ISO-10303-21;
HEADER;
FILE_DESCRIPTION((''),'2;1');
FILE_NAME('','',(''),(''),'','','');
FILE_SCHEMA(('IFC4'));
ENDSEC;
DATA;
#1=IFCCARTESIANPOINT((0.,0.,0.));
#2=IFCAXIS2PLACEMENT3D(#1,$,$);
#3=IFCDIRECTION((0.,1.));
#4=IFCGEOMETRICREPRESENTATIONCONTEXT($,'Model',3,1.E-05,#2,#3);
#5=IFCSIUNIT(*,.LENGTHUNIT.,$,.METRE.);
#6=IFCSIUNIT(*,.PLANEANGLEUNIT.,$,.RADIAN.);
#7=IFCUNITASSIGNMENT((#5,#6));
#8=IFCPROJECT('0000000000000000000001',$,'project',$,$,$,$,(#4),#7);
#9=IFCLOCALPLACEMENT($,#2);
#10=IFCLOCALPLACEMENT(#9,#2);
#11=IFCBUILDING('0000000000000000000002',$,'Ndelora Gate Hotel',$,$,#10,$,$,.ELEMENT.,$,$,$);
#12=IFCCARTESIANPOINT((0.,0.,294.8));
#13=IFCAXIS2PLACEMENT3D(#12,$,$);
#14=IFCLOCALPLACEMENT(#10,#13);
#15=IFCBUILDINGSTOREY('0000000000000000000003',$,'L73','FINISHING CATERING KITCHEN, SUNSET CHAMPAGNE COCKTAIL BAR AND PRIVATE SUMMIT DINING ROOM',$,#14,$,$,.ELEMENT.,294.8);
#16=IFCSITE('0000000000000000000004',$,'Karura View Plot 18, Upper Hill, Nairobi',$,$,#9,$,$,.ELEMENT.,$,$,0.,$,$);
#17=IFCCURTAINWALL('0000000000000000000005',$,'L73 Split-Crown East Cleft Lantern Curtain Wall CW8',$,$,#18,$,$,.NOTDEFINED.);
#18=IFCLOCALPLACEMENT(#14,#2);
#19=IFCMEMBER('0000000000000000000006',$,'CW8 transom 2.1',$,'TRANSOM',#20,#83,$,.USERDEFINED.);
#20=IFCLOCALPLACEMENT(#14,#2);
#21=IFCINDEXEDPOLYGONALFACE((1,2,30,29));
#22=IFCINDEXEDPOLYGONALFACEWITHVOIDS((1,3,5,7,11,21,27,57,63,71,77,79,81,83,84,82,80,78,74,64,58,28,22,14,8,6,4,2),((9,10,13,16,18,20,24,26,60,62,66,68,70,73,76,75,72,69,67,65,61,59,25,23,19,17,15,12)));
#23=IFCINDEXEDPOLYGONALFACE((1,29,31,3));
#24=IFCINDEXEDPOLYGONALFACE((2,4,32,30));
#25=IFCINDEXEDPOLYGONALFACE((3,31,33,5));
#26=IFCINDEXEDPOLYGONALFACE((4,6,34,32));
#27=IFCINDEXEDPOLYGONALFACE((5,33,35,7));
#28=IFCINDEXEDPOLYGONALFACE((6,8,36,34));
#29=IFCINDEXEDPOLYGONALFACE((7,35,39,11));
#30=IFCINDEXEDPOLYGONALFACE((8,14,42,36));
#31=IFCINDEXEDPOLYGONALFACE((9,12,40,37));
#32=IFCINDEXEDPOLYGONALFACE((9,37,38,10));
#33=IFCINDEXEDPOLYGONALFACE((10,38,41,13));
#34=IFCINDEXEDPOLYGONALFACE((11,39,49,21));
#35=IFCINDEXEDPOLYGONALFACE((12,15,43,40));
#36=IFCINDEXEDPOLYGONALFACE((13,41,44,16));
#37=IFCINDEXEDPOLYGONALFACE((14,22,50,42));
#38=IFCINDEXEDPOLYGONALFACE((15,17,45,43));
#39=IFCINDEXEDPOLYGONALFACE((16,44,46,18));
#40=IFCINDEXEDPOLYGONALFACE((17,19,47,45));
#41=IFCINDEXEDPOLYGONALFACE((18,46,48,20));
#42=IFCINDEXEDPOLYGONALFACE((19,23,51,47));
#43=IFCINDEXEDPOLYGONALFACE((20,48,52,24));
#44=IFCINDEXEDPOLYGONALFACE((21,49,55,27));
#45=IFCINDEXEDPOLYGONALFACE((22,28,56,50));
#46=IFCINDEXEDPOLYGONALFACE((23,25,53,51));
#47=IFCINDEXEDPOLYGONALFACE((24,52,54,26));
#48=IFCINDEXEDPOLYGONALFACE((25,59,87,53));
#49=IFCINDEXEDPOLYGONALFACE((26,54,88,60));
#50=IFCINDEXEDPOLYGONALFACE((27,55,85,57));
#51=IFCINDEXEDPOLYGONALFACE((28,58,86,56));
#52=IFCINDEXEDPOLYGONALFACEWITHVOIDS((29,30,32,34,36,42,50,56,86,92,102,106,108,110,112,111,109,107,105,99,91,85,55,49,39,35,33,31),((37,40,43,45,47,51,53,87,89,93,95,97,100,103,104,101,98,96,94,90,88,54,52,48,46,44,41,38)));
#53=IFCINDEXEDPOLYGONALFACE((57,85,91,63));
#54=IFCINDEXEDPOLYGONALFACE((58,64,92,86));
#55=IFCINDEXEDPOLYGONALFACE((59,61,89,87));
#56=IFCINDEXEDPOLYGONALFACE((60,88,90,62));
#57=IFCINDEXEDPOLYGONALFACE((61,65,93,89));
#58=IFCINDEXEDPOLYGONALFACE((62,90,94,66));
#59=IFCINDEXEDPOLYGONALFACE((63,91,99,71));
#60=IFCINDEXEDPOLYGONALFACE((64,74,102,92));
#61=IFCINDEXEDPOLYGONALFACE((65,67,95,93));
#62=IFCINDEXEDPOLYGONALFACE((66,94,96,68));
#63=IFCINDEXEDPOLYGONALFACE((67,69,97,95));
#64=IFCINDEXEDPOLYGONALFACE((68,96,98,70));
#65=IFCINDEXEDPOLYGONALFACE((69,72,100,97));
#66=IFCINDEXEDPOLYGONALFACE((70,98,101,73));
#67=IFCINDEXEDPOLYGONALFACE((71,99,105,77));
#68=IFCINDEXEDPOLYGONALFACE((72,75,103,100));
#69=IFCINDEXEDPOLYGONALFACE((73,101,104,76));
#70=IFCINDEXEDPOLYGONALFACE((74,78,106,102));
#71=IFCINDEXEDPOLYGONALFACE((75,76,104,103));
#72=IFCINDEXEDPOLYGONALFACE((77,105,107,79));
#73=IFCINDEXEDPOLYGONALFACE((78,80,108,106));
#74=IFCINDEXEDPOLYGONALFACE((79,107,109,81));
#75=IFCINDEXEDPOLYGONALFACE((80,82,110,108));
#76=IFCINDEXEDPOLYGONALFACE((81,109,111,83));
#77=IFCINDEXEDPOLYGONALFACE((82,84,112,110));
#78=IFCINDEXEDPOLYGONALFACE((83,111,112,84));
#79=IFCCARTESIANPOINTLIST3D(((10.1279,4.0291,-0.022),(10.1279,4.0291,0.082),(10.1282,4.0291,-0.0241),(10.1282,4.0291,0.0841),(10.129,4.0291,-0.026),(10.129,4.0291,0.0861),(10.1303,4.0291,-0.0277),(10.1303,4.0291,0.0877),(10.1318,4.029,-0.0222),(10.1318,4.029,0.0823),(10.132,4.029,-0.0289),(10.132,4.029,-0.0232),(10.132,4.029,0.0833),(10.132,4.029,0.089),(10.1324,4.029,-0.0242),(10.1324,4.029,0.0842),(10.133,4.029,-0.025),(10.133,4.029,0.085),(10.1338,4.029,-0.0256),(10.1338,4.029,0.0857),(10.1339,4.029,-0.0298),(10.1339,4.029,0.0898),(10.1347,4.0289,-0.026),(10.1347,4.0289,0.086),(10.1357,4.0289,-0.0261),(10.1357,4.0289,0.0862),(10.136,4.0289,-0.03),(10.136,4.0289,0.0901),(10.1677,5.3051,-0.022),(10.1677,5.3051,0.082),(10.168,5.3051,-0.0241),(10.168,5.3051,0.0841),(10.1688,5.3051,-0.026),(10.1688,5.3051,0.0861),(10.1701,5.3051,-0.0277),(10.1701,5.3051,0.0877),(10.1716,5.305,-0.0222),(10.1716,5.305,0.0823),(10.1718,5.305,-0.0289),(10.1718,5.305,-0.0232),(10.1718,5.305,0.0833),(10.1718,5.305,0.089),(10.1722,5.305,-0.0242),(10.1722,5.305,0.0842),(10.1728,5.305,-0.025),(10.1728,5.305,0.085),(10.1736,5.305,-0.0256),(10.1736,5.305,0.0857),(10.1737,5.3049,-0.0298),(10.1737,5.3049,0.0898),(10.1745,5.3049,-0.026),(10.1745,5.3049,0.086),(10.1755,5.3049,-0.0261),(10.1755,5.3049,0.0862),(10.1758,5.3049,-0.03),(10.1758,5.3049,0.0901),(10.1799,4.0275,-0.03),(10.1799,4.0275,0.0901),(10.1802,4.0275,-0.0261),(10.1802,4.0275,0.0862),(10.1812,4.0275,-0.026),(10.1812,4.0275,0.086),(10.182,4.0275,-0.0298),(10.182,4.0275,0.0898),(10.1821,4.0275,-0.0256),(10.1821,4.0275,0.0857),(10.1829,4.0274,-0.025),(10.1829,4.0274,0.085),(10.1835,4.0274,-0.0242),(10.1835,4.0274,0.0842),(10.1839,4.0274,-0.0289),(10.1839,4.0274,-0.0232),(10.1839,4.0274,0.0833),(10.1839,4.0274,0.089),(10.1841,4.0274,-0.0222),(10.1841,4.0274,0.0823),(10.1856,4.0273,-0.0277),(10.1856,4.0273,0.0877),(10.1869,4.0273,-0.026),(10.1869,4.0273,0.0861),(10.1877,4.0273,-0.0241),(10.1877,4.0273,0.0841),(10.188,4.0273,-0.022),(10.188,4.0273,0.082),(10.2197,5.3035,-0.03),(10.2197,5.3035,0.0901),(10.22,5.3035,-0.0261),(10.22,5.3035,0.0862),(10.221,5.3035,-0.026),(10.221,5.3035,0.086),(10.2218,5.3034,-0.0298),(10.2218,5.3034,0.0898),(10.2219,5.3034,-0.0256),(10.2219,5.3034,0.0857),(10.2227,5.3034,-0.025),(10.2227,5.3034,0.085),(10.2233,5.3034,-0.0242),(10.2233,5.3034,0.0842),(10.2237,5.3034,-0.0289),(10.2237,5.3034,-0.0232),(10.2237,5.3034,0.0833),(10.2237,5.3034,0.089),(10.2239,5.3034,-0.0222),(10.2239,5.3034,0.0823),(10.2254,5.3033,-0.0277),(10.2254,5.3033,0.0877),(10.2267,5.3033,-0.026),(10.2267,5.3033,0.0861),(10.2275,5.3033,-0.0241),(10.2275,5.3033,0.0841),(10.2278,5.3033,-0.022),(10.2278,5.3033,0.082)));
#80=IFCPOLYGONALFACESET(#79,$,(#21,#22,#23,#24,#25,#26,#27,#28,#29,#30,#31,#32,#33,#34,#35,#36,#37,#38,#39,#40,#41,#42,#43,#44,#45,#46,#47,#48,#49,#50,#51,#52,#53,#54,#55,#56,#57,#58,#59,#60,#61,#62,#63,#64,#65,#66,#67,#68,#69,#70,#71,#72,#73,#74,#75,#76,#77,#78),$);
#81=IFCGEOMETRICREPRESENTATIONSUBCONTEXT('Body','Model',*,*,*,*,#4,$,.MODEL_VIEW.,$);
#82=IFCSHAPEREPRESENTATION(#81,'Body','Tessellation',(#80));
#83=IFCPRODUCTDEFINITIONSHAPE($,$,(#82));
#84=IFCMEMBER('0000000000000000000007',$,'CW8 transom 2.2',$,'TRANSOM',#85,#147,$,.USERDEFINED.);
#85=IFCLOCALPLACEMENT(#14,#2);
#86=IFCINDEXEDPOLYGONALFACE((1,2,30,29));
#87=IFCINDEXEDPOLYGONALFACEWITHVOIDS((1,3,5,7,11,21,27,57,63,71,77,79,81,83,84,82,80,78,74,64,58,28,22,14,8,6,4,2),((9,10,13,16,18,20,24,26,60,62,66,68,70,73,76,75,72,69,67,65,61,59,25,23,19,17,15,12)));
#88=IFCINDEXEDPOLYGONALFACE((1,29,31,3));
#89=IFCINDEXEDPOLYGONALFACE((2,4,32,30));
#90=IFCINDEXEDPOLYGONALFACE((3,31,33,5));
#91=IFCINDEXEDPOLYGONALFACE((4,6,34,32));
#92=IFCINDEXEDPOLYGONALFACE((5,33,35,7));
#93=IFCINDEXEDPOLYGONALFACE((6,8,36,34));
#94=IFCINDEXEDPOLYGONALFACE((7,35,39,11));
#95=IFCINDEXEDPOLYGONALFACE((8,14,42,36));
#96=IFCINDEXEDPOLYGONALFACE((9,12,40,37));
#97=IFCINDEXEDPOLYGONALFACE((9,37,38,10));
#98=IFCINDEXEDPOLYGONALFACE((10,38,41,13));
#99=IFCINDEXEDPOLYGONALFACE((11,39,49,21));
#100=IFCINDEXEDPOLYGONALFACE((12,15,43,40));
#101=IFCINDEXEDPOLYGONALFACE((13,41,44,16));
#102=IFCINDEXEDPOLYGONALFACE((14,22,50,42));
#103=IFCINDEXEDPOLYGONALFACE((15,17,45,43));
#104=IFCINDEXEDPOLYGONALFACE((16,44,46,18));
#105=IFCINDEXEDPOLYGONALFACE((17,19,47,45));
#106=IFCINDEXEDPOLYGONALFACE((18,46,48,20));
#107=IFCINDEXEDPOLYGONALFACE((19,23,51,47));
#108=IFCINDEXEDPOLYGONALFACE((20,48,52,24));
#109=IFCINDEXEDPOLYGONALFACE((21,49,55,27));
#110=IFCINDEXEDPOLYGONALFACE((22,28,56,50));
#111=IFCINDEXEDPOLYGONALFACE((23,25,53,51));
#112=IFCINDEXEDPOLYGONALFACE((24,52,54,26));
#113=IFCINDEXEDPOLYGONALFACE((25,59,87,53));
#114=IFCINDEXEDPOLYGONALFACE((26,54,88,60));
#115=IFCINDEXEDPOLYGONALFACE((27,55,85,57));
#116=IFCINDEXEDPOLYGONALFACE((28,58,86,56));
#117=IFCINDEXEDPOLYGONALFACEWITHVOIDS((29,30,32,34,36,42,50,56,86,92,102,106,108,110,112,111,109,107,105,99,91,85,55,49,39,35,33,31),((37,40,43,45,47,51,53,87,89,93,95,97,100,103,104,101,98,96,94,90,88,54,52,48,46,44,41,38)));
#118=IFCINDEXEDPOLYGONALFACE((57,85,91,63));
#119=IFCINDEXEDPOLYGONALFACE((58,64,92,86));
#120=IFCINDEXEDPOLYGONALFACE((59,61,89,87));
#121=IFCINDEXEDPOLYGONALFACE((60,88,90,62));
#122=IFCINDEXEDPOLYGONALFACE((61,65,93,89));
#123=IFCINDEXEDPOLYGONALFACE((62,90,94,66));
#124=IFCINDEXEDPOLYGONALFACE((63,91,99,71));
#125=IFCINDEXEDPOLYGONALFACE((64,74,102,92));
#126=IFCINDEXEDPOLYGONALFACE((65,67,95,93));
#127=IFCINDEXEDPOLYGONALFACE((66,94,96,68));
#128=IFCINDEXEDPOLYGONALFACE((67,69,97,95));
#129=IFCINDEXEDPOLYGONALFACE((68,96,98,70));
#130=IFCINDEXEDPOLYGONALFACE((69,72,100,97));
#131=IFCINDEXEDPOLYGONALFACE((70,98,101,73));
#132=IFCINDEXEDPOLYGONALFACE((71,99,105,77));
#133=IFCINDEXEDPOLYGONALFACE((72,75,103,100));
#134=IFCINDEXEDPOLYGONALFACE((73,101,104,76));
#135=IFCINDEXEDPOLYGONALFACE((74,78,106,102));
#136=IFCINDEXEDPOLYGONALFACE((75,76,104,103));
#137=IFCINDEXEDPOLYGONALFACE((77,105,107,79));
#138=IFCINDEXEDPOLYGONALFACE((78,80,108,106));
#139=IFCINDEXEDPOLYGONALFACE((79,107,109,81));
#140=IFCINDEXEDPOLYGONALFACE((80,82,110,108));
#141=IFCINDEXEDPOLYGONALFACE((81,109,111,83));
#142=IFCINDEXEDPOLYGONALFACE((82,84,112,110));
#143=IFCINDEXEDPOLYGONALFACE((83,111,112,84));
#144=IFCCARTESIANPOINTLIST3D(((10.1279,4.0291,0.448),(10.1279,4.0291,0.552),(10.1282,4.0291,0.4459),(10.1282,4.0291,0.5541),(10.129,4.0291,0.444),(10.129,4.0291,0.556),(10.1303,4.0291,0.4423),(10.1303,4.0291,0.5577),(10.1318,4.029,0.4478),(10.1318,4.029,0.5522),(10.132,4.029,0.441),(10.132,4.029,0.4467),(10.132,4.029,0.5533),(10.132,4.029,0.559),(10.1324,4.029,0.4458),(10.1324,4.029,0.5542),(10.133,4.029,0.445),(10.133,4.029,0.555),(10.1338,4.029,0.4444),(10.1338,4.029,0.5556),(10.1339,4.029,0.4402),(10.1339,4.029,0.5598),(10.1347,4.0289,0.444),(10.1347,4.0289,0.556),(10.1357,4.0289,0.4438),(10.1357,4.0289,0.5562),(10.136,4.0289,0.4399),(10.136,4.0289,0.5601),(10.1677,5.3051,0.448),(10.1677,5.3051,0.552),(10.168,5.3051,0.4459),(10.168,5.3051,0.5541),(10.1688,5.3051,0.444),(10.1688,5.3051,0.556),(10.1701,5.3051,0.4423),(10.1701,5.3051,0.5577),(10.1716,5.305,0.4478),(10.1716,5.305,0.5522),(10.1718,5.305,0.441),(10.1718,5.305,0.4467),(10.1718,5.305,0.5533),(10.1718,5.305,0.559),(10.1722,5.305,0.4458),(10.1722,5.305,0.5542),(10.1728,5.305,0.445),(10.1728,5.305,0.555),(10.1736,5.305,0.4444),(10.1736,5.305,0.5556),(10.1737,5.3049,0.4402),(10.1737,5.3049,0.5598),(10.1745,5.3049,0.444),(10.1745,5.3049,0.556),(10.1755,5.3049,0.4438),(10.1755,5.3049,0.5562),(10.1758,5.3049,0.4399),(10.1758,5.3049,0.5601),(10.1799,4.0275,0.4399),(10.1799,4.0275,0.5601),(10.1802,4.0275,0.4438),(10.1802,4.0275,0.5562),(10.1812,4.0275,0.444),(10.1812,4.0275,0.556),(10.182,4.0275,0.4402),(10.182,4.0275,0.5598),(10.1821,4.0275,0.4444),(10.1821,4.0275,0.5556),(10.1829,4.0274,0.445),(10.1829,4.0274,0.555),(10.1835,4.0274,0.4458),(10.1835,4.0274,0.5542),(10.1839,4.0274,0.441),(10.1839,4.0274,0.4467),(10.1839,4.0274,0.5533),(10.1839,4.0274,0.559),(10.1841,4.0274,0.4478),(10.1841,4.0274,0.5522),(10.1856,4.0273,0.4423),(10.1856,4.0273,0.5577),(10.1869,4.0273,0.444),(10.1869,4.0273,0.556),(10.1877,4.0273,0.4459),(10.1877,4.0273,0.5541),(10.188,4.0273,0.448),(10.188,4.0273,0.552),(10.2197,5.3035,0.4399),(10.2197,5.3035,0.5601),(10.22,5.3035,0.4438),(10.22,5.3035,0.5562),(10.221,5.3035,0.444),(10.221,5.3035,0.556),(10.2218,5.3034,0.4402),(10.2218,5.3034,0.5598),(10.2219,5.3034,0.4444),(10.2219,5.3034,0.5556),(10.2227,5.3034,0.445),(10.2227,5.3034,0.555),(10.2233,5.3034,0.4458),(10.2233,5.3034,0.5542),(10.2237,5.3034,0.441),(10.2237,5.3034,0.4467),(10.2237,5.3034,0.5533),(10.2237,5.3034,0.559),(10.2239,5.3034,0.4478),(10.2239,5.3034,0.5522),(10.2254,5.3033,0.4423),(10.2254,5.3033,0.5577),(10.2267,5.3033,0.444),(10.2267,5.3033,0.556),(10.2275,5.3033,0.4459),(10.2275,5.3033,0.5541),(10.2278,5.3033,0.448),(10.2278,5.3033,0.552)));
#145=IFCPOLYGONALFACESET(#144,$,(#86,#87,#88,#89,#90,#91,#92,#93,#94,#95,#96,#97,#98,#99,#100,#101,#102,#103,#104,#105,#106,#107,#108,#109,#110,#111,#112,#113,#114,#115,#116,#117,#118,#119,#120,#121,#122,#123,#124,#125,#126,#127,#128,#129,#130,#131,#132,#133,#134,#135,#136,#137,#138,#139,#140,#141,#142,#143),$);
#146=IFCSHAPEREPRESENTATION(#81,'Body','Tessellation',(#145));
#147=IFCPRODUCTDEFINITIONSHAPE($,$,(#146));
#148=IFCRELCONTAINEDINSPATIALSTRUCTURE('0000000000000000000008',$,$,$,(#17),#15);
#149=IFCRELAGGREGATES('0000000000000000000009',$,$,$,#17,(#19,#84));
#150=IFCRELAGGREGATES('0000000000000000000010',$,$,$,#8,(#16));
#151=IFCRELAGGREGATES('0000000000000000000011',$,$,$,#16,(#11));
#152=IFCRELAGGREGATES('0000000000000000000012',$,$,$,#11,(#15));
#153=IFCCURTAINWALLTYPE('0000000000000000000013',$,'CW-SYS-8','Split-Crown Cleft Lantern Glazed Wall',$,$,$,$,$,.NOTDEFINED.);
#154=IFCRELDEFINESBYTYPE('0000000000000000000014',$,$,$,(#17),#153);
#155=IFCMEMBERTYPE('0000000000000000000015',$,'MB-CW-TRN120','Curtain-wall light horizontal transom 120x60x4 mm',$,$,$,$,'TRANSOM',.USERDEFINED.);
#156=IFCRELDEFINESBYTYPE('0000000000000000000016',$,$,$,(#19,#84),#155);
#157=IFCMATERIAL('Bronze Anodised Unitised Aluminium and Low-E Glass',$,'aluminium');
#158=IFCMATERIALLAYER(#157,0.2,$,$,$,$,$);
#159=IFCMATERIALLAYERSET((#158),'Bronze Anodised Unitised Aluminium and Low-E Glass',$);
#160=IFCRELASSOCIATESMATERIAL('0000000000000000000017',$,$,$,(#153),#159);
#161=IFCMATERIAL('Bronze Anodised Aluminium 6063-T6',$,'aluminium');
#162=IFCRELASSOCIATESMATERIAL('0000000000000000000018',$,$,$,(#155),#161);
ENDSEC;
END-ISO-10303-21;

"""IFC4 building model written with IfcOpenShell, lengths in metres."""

from ifc_helpers import new_model, si_unit, direction, frame, origin, origin_2d, place, context, subcontext, project, spatial, hollow_rectangle, extrude, material, layer, layer_set, material_profile, profile_set, type_object, element, aggregate, save


model = new_model("IFC4")

# Units and contexts
model_context = context("Model", 3, precision=1e-05, world=origin(), true_north=direction((0.0, 1.0)))
body_context = subcontext(model_context, "Body", "Model", "MODEL_VIEW")
ifc_project = project(units=[si_unit("LENGTHUNIT", "METRE"), si_unit("PLANEANGLEUNIT", "RADIAN")], contexts=[model_context])

# Site, building, storey
site_placement = place(None, origin())
site = spatial("IfcSite", under=ifc_project, at=site_placement, Name="Karura View Plot 18, Upper Hill, Nairobi", CompositionType="ELEMENT", RefElevation=0.0)
building_placement = place(site_placement, origin())
building = spatial("IfcBuilding", under=site, at=building_placement, Name="Ndelora Gate Hotel", CompositionType="ELEMENT")
storey_placement = place(building_placement, frame((0.0, 0.0, 294.8)))
storey = spatial("IfcBuildingStorey", under=building, at=storey_placement, Name="L73", Description="FINISHING CATERING KITCHEN, SUNSET CHAMPAGNE COCKTAIL BAR AND PRIVATE SUMMIT DINING ROOM", CompositionType="ELEMENT", Elevation=294.8)

# Curtain wall
ifc_material_1 = material(Name="Bronze Anodised Unitised Aluminium and Low-E Glass", Category="aluminium")
ifc_layer_1 = layer(ifc_material_1, 0.2)
ifc_layer_set_1 = layer_set([ifc_layer_1], Name="Bronze Anodised Unitised Aluminium and Low-E Glass")
curtain_wall_type = type_object("IfcCurtainWallType", Name="CW-SYS-8", Description="Split-Crown Cleft Lantern Glazed Wall", PredefinedType="NOTDEFINED", material=ifc_layer_set_1)
ifc_material_2 = material(Name="Bronze Anodised Aluminium 6063-T6", Category="aluminium")
curtain_wall_1_placement = place(storey_placement, origin())
curtain_wall_1 = element("IfcCurtainWall", 1, at=curtain_wall_1_placement, inside=storey, type_object=curtain_wall_type, Name="L73 Split-Crown East Cleft Lantern Curtain Wall CW8", PredefinedType="NOTDEFINED")

# Members
ifc_material_profile_1 = material_profile(ifc_material_2, hollow_rectangle(XDim=0.0601, YDim=0.1201, WallThickness=0.0039, InnerFilletRadius=0.0039, OuterFilletRadius=0.0081, at=origin_2d()), Name="ALU 120x60x4")
ifc_profile_set_1 = profile_set([ifc_material_profile_1], Name="Bronze Anodised Aluminium 6063-T6")
member_type_1 = type_object("IfcMemberType", Name="MB-CW-TRN120", Description="Curtain-wall light horizontal transom 120x60x4 mm", ElementType="TRANSOM", PredefinedType="USERDEFINED", material=ifc_profile_set_1)
member_1_placement = place(storey_placement, frame((10.1978, 5.3042, 0.03), z_axis=(-0.031175, -0.999514, 0.0), x_axis=(0.999514, -0.031175, 0.0)))
member_1 = element("IfcMember", 2, at=member_1_placement, type_object=member_type_1, Name="CW8 transom 2.1", ObjectType="TRANSOM", PredefinedType="USERDEFINED", context=body_context, shape_type="SweptSolid", body=[
    extrude(hollow_rectangle(XDim=0.0601, YDim=0.1201, WallThickness=0.0039, InnerFilletRadius=0.0039, OuterFilletRadius=0.0081, at=origin_2d()), origin(), (0.0, 0.0, 1.0), 1.2766),
])
member_2_placement = place(storey_placement, frame((10.1978, 5.3042, 0.5), z_axis=(-0.031175, -0.999514, 0.0), x_axis=(0.999514, -0.031175, 0.0)))
member_2 = element("IfcMember", 3, at=member_2_placement, type_object=member_type_1, Name="CW8 transom 2.2", ObjectType="TRANSOM", PredefinedType="USERDEFINED", context=body_context, shape_type="SweptSolid", body=[
    extrude(hollow_rectangle(XDim=0.0601, YDim=0.1201, WallThickness=0.0039, InnerFilletRadius=0.0039, OuterFilletRadius=0.0081, at=origin_2d()), origin(), (0.0, 0.0, 1.0), 1.2766),
])

aggregate(curtain_wall_1, [member_1, member_2])

save(model, "model.ifc")
